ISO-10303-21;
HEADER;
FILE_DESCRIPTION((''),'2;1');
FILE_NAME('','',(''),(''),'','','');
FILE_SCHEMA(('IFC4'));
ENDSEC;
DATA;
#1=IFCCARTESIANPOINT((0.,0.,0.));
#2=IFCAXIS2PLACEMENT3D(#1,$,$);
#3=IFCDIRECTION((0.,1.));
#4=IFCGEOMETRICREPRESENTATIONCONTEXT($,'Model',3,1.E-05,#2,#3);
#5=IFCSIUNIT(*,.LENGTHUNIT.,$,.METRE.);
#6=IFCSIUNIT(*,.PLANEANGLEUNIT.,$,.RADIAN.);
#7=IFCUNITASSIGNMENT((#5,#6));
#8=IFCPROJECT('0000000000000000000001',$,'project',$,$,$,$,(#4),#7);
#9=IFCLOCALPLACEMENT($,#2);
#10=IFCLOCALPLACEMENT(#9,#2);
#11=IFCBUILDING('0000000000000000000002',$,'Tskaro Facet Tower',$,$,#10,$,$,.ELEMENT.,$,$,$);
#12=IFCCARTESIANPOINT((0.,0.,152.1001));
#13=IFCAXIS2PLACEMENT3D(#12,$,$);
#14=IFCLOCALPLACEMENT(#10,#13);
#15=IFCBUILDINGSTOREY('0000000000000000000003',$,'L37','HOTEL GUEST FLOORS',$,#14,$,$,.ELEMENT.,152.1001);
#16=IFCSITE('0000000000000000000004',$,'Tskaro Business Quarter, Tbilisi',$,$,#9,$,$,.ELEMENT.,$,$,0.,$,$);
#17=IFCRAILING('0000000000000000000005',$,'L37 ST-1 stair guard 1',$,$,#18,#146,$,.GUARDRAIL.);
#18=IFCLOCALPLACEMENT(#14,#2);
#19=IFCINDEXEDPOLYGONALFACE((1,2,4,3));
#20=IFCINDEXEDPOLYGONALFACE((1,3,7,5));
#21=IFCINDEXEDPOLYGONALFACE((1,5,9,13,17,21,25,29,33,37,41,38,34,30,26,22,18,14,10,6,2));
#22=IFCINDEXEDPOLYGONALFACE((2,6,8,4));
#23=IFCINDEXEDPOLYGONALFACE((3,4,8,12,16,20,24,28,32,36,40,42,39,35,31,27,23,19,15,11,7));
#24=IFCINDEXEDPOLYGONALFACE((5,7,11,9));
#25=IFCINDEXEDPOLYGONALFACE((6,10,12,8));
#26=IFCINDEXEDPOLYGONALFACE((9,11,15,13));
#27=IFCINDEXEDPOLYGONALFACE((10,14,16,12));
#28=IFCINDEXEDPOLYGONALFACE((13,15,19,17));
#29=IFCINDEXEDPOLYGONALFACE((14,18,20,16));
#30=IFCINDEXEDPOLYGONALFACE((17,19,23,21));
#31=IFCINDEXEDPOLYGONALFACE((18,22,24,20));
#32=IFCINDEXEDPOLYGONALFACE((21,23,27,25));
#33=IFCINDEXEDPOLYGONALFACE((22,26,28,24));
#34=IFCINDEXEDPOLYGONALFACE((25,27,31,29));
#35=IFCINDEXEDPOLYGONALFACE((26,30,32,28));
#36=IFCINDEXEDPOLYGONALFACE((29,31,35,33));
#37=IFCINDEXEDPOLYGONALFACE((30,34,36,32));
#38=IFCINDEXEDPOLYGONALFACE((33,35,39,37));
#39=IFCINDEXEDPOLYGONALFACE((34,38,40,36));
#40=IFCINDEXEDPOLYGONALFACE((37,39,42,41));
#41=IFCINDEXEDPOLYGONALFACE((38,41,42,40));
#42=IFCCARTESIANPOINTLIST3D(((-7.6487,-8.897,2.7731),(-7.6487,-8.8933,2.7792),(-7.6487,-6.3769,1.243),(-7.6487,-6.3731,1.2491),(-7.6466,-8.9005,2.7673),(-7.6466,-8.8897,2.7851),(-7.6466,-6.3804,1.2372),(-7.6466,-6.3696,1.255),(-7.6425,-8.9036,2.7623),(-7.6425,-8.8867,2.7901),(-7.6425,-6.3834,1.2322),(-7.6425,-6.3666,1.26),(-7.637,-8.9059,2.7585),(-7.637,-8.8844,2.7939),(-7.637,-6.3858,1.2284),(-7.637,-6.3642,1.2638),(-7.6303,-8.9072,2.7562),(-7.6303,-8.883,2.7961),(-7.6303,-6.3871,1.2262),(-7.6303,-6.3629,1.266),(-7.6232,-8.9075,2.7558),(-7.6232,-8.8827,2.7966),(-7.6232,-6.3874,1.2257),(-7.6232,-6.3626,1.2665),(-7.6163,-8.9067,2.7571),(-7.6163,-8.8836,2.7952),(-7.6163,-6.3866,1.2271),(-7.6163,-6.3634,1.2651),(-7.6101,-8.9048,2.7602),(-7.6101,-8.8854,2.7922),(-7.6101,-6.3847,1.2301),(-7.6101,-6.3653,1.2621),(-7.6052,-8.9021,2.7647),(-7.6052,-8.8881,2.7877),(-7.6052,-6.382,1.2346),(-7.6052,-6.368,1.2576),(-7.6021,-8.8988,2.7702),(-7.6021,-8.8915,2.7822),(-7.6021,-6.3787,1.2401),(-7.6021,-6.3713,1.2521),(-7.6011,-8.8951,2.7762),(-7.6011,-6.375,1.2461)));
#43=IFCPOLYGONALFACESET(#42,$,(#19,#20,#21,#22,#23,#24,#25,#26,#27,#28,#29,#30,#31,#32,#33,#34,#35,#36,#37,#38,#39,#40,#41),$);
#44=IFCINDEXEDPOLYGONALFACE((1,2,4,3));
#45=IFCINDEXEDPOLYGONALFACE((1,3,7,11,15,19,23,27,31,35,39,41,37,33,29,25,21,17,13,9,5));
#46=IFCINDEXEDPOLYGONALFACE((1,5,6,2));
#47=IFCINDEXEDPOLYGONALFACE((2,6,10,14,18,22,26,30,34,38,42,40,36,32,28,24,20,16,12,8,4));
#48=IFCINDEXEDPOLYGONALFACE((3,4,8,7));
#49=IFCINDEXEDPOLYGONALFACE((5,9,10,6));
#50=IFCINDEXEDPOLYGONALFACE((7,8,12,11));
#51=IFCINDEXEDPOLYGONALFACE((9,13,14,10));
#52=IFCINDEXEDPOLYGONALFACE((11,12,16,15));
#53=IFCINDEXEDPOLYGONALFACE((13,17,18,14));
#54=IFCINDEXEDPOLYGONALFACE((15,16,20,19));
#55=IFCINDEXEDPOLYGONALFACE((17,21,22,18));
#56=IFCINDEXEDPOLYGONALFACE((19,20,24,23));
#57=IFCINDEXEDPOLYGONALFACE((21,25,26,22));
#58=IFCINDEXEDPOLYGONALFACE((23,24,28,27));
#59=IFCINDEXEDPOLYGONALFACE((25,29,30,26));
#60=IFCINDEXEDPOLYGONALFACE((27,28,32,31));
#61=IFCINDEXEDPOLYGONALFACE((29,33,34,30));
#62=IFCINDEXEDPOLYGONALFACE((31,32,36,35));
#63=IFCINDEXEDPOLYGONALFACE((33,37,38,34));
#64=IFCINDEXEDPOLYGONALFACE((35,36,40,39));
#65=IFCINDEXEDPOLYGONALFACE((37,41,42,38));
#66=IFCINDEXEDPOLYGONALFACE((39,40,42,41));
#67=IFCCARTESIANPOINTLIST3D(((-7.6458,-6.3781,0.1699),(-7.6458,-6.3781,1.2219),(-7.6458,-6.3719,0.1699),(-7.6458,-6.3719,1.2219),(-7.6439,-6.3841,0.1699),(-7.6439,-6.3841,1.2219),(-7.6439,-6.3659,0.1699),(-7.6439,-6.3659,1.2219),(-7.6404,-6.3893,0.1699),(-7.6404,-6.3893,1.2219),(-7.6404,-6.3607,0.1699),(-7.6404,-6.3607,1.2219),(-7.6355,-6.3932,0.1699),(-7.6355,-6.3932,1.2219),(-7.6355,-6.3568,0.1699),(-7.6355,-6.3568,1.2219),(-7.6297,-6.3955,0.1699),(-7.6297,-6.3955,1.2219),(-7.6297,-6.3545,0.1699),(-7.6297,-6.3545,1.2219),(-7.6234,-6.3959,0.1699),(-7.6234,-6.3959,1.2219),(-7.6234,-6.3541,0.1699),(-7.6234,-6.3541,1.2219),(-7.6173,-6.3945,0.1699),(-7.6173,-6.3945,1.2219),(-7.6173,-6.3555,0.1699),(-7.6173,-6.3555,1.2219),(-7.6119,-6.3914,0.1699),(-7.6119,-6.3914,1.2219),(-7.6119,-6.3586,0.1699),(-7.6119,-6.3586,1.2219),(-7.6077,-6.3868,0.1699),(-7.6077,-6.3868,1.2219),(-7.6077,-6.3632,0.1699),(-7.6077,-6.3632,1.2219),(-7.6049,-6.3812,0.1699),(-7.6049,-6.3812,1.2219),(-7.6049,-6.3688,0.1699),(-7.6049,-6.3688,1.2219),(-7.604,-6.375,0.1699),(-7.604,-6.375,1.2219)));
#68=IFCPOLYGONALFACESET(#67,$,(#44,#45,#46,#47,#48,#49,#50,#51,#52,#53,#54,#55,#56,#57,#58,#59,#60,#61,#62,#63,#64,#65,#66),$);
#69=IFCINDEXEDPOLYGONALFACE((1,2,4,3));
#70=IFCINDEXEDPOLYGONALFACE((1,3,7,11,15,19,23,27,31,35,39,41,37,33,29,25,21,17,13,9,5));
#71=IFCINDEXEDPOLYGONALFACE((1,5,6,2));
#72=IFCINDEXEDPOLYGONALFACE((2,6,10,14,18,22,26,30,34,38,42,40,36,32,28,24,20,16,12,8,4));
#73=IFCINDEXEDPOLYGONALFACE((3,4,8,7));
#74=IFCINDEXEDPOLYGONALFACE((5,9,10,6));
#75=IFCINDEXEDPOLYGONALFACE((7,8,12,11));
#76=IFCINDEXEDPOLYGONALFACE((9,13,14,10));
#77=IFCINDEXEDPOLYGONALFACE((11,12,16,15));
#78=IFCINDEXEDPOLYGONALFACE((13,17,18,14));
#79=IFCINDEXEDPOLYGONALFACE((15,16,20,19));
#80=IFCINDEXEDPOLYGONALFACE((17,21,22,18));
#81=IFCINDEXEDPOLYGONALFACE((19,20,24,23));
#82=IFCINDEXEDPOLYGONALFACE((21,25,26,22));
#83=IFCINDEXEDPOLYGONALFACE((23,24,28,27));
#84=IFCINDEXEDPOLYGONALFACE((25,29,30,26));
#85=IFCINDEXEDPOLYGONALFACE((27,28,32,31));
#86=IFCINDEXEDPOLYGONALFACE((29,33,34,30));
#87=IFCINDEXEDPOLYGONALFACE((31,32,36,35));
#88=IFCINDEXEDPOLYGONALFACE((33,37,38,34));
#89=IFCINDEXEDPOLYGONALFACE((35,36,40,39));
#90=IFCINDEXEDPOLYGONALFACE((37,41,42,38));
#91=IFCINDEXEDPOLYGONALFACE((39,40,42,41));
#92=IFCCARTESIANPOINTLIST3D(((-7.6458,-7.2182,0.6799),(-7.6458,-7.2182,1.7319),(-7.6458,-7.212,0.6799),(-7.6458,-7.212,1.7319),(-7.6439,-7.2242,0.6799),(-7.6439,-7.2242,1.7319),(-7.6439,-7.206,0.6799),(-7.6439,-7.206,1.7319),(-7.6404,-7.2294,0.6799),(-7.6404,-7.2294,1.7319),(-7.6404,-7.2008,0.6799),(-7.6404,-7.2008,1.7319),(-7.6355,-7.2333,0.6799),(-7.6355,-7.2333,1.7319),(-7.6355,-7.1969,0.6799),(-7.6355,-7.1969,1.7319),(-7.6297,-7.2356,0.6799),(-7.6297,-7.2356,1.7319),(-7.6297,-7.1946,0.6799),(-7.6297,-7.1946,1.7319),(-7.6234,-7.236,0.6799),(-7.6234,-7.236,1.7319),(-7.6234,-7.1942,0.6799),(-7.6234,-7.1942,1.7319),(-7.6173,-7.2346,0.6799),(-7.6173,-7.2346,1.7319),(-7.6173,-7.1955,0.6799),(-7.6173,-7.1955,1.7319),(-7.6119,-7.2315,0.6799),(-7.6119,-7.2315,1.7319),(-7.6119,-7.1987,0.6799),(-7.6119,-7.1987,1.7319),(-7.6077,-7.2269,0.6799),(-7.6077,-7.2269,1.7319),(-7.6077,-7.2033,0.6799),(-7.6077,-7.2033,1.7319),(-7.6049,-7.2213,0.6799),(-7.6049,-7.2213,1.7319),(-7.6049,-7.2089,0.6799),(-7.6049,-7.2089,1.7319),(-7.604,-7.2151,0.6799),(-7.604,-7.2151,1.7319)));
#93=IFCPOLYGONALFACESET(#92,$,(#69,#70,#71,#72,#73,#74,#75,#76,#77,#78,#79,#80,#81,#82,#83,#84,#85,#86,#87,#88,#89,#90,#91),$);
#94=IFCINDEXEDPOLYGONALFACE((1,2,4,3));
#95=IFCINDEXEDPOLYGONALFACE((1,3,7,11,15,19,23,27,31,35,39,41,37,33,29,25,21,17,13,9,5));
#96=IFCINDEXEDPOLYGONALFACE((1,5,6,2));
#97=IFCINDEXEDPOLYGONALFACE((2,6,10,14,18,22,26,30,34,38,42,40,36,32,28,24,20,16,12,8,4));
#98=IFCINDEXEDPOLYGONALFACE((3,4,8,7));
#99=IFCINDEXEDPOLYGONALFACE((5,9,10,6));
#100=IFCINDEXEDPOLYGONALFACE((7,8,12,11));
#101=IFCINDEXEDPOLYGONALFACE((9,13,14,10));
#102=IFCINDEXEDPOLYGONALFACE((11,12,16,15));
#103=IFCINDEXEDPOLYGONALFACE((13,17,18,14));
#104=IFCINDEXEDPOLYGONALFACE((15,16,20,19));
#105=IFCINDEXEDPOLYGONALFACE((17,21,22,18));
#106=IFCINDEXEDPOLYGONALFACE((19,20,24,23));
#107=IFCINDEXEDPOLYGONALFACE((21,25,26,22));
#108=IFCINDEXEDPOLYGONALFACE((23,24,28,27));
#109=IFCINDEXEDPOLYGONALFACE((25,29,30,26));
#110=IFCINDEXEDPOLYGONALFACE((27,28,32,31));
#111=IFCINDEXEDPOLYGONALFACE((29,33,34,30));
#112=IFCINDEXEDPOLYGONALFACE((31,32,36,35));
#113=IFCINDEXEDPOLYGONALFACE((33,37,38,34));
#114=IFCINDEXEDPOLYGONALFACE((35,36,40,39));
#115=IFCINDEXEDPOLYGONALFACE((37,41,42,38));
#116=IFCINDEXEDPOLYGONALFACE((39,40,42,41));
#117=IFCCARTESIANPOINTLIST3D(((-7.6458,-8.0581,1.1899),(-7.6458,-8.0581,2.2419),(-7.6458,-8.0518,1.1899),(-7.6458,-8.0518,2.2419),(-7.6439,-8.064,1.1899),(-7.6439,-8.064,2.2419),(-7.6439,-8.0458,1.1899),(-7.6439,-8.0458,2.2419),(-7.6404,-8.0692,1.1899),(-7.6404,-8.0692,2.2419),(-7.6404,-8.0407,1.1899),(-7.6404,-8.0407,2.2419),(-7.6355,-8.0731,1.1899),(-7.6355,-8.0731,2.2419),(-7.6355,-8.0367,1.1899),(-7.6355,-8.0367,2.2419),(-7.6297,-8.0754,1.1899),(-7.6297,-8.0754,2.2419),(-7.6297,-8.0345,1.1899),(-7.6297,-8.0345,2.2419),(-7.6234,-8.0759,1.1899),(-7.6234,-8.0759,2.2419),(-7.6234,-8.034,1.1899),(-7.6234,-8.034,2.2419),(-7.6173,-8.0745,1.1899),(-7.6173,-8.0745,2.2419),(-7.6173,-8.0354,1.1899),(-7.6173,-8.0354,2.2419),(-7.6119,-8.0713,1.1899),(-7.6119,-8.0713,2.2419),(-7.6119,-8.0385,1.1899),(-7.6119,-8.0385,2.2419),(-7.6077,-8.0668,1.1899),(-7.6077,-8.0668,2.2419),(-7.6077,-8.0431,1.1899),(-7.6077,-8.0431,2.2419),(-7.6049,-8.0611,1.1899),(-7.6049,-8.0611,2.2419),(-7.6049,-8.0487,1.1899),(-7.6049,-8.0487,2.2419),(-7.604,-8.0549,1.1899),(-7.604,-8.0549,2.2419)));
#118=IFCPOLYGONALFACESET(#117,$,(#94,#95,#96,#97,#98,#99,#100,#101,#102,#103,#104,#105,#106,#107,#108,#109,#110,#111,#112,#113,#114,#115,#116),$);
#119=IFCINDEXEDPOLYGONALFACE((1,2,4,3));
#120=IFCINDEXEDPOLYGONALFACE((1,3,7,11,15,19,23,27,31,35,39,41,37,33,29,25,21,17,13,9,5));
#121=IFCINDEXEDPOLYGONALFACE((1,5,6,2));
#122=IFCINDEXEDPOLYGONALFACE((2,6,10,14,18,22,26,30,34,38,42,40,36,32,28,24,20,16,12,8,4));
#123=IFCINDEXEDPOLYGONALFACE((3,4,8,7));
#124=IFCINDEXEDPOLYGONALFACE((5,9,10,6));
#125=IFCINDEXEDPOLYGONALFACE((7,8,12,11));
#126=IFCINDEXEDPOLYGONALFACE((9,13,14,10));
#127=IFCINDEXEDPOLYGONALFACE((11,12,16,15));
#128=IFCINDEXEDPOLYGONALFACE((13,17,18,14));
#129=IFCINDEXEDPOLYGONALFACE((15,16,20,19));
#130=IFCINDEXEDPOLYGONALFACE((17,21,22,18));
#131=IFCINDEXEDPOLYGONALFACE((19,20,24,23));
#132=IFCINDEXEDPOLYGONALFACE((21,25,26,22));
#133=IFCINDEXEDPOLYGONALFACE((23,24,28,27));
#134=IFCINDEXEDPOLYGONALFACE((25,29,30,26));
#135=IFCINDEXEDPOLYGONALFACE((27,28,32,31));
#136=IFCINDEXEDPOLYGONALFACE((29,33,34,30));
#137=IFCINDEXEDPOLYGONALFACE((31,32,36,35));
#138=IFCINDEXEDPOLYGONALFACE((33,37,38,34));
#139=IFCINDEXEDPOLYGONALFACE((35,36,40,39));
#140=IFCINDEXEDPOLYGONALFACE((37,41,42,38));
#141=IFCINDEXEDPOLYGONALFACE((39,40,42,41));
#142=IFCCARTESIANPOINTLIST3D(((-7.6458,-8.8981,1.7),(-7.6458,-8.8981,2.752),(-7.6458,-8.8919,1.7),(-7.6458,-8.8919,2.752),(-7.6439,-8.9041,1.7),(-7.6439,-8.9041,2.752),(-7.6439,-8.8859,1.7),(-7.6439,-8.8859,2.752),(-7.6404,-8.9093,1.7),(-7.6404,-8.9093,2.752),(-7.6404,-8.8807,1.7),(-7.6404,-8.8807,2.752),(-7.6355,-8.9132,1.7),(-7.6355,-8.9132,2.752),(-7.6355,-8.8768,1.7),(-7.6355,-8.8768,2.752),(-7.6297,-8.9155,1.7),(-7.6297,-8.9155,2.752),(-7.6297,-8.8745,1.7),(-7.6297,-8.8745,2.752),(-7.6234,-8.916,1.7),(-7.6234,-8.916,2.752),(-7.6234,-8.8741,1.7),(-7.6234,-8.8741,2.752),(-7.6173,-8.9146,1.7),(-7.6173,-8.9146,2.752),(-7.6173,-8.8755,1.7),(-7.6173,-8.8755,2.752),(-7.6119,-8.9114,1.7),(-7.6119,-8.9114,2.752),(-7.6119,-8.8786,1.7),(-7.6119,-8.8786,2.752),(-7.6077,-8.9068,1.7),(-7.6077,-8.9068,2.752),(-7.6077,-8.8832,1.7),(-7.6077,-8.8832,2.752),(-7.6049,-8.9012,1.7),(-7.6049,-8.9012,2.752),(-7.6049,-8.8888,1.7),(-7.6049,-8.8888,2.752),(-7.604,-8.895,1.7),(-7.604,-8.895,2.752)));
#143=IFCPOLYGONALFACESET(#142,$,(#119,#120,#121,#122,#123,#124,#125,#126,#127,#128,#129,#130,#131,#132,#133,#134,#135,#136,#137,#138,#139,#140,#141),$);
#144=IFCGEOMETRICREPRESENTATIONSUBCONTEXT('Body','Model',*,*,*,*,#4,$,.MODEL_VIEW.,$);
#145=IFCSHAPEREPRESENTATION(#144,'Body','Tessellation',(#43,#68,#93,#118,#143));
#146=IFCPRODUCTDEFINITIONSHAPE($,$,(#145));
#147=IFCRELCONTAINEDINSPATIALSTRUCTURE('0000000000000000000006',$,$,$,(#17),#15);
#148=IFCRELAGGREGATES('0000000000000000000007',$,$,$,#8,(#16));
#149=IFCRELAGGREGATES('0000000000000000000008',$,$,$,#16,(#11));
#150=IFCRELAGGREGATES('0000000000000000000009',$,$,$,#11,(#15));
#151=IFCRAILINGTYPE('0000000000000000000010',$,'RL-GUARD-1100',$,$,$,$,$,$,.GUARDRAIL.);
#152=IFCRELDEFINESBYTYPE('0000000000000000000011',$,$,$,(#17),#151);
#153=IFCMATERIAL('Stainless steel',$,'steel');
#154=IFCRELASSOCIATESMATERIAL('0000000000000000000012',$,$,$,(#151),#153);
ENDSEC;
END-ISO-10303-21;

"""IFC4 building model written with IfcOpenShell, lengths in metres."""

from ifc_helpers import new_model, si_unit, direction, frame, origin, origin_2d, place, context, subcontext, project, spatial, circle, extrude, material, type_object, element, save


model = new_model("IFC4")

# Units and contexts
model_context = context("Model", 3, precision=1e-05, world=origin(), true_north=direction((0.0, 1.0)))
body_context = subcontext(model_context, "Body", "Model", "MODEL_VIEW")
ifc_project = project(units=[si_unit("LENGTHUNIT", "METRE"), si_unit("PLANEANGLEUNIT", "RADIAN")], contexts=[model_context])

# Site, building, storey
site_placement = place(None, origin())
site = spatial("IfcSite", under=ifc_project, at=site_placement, Name="Tskaro Business Quarter, Tbilisi", CompositionType="ELEMENT", RefElevation=0.0)
building_placement = place(site_placement, origin())
building = spatial("IfcBuilding", under=site, at=building_placement, Name="Tskaro Facet Tower", CompositionType="ELEMENT")
storey_placement = place(building_placement, frame((0.0, 0.0, 152.1001)))
storey = spatial("IfcBuildingStorey", under=building, at=storey_placement, Name="L37", Description="HOTEL GUEST FLOORS", CompositionType="ELEMENT", Elevation=152.1001)

# Shared definitions
ifc_material_1 = material(Name="Stainless steel", Category="steel")

# Railing
railing_type_1 = type_object("IfcRailingType", Name="RL-GUARD-1100", PredefinedType="GUARDRAIL", material=ifc_material_1)
railing_1_placement = place(storey_placement, frame((-7.625, -6.375, 0.1699)))
element("IfcRailing", 1, at=railing_1_placement, inside=storey, type_object=railing_type_1, Name="L37 ST-1 stair guard 1", PredefinedType="GUARDRAIL", context=body_context, shape_type="SweptSolid", body=[
    extrude(circle(Radius=0.0239, at=origin_2d()), frame((0.0, 0.0, 1.0762), z_axis=(0.0, -0.854785, 0.518982), x_axis=(1.0, 0.0, 0.0)), (0.0, 0.0, 1.0), 2.9482),
    extrude(circle(Radius=0.021, at=origin_2d()), origin(), (0.0, 0.0, 1.0), 1.052),
    extrude(circle(Radius=0.021, at=origin_2d()), frame((0.0, -0.8401, 0.51)), (0.0, 0.0, 1.0), 1.052),
    extrude(circle(Radius=0.021, at=origin_2d()), frame((0.0, -1.6799, 1.02)), (0.0, 0.0, 1.0), 1.052),
    extrude(circle(Radius=0.021, at=origin_2d()), frame((0.0, -2.52, 1.53)), (0.0, 0.0, 1.0), 1.052),
])

save(model, "model.ifc")
